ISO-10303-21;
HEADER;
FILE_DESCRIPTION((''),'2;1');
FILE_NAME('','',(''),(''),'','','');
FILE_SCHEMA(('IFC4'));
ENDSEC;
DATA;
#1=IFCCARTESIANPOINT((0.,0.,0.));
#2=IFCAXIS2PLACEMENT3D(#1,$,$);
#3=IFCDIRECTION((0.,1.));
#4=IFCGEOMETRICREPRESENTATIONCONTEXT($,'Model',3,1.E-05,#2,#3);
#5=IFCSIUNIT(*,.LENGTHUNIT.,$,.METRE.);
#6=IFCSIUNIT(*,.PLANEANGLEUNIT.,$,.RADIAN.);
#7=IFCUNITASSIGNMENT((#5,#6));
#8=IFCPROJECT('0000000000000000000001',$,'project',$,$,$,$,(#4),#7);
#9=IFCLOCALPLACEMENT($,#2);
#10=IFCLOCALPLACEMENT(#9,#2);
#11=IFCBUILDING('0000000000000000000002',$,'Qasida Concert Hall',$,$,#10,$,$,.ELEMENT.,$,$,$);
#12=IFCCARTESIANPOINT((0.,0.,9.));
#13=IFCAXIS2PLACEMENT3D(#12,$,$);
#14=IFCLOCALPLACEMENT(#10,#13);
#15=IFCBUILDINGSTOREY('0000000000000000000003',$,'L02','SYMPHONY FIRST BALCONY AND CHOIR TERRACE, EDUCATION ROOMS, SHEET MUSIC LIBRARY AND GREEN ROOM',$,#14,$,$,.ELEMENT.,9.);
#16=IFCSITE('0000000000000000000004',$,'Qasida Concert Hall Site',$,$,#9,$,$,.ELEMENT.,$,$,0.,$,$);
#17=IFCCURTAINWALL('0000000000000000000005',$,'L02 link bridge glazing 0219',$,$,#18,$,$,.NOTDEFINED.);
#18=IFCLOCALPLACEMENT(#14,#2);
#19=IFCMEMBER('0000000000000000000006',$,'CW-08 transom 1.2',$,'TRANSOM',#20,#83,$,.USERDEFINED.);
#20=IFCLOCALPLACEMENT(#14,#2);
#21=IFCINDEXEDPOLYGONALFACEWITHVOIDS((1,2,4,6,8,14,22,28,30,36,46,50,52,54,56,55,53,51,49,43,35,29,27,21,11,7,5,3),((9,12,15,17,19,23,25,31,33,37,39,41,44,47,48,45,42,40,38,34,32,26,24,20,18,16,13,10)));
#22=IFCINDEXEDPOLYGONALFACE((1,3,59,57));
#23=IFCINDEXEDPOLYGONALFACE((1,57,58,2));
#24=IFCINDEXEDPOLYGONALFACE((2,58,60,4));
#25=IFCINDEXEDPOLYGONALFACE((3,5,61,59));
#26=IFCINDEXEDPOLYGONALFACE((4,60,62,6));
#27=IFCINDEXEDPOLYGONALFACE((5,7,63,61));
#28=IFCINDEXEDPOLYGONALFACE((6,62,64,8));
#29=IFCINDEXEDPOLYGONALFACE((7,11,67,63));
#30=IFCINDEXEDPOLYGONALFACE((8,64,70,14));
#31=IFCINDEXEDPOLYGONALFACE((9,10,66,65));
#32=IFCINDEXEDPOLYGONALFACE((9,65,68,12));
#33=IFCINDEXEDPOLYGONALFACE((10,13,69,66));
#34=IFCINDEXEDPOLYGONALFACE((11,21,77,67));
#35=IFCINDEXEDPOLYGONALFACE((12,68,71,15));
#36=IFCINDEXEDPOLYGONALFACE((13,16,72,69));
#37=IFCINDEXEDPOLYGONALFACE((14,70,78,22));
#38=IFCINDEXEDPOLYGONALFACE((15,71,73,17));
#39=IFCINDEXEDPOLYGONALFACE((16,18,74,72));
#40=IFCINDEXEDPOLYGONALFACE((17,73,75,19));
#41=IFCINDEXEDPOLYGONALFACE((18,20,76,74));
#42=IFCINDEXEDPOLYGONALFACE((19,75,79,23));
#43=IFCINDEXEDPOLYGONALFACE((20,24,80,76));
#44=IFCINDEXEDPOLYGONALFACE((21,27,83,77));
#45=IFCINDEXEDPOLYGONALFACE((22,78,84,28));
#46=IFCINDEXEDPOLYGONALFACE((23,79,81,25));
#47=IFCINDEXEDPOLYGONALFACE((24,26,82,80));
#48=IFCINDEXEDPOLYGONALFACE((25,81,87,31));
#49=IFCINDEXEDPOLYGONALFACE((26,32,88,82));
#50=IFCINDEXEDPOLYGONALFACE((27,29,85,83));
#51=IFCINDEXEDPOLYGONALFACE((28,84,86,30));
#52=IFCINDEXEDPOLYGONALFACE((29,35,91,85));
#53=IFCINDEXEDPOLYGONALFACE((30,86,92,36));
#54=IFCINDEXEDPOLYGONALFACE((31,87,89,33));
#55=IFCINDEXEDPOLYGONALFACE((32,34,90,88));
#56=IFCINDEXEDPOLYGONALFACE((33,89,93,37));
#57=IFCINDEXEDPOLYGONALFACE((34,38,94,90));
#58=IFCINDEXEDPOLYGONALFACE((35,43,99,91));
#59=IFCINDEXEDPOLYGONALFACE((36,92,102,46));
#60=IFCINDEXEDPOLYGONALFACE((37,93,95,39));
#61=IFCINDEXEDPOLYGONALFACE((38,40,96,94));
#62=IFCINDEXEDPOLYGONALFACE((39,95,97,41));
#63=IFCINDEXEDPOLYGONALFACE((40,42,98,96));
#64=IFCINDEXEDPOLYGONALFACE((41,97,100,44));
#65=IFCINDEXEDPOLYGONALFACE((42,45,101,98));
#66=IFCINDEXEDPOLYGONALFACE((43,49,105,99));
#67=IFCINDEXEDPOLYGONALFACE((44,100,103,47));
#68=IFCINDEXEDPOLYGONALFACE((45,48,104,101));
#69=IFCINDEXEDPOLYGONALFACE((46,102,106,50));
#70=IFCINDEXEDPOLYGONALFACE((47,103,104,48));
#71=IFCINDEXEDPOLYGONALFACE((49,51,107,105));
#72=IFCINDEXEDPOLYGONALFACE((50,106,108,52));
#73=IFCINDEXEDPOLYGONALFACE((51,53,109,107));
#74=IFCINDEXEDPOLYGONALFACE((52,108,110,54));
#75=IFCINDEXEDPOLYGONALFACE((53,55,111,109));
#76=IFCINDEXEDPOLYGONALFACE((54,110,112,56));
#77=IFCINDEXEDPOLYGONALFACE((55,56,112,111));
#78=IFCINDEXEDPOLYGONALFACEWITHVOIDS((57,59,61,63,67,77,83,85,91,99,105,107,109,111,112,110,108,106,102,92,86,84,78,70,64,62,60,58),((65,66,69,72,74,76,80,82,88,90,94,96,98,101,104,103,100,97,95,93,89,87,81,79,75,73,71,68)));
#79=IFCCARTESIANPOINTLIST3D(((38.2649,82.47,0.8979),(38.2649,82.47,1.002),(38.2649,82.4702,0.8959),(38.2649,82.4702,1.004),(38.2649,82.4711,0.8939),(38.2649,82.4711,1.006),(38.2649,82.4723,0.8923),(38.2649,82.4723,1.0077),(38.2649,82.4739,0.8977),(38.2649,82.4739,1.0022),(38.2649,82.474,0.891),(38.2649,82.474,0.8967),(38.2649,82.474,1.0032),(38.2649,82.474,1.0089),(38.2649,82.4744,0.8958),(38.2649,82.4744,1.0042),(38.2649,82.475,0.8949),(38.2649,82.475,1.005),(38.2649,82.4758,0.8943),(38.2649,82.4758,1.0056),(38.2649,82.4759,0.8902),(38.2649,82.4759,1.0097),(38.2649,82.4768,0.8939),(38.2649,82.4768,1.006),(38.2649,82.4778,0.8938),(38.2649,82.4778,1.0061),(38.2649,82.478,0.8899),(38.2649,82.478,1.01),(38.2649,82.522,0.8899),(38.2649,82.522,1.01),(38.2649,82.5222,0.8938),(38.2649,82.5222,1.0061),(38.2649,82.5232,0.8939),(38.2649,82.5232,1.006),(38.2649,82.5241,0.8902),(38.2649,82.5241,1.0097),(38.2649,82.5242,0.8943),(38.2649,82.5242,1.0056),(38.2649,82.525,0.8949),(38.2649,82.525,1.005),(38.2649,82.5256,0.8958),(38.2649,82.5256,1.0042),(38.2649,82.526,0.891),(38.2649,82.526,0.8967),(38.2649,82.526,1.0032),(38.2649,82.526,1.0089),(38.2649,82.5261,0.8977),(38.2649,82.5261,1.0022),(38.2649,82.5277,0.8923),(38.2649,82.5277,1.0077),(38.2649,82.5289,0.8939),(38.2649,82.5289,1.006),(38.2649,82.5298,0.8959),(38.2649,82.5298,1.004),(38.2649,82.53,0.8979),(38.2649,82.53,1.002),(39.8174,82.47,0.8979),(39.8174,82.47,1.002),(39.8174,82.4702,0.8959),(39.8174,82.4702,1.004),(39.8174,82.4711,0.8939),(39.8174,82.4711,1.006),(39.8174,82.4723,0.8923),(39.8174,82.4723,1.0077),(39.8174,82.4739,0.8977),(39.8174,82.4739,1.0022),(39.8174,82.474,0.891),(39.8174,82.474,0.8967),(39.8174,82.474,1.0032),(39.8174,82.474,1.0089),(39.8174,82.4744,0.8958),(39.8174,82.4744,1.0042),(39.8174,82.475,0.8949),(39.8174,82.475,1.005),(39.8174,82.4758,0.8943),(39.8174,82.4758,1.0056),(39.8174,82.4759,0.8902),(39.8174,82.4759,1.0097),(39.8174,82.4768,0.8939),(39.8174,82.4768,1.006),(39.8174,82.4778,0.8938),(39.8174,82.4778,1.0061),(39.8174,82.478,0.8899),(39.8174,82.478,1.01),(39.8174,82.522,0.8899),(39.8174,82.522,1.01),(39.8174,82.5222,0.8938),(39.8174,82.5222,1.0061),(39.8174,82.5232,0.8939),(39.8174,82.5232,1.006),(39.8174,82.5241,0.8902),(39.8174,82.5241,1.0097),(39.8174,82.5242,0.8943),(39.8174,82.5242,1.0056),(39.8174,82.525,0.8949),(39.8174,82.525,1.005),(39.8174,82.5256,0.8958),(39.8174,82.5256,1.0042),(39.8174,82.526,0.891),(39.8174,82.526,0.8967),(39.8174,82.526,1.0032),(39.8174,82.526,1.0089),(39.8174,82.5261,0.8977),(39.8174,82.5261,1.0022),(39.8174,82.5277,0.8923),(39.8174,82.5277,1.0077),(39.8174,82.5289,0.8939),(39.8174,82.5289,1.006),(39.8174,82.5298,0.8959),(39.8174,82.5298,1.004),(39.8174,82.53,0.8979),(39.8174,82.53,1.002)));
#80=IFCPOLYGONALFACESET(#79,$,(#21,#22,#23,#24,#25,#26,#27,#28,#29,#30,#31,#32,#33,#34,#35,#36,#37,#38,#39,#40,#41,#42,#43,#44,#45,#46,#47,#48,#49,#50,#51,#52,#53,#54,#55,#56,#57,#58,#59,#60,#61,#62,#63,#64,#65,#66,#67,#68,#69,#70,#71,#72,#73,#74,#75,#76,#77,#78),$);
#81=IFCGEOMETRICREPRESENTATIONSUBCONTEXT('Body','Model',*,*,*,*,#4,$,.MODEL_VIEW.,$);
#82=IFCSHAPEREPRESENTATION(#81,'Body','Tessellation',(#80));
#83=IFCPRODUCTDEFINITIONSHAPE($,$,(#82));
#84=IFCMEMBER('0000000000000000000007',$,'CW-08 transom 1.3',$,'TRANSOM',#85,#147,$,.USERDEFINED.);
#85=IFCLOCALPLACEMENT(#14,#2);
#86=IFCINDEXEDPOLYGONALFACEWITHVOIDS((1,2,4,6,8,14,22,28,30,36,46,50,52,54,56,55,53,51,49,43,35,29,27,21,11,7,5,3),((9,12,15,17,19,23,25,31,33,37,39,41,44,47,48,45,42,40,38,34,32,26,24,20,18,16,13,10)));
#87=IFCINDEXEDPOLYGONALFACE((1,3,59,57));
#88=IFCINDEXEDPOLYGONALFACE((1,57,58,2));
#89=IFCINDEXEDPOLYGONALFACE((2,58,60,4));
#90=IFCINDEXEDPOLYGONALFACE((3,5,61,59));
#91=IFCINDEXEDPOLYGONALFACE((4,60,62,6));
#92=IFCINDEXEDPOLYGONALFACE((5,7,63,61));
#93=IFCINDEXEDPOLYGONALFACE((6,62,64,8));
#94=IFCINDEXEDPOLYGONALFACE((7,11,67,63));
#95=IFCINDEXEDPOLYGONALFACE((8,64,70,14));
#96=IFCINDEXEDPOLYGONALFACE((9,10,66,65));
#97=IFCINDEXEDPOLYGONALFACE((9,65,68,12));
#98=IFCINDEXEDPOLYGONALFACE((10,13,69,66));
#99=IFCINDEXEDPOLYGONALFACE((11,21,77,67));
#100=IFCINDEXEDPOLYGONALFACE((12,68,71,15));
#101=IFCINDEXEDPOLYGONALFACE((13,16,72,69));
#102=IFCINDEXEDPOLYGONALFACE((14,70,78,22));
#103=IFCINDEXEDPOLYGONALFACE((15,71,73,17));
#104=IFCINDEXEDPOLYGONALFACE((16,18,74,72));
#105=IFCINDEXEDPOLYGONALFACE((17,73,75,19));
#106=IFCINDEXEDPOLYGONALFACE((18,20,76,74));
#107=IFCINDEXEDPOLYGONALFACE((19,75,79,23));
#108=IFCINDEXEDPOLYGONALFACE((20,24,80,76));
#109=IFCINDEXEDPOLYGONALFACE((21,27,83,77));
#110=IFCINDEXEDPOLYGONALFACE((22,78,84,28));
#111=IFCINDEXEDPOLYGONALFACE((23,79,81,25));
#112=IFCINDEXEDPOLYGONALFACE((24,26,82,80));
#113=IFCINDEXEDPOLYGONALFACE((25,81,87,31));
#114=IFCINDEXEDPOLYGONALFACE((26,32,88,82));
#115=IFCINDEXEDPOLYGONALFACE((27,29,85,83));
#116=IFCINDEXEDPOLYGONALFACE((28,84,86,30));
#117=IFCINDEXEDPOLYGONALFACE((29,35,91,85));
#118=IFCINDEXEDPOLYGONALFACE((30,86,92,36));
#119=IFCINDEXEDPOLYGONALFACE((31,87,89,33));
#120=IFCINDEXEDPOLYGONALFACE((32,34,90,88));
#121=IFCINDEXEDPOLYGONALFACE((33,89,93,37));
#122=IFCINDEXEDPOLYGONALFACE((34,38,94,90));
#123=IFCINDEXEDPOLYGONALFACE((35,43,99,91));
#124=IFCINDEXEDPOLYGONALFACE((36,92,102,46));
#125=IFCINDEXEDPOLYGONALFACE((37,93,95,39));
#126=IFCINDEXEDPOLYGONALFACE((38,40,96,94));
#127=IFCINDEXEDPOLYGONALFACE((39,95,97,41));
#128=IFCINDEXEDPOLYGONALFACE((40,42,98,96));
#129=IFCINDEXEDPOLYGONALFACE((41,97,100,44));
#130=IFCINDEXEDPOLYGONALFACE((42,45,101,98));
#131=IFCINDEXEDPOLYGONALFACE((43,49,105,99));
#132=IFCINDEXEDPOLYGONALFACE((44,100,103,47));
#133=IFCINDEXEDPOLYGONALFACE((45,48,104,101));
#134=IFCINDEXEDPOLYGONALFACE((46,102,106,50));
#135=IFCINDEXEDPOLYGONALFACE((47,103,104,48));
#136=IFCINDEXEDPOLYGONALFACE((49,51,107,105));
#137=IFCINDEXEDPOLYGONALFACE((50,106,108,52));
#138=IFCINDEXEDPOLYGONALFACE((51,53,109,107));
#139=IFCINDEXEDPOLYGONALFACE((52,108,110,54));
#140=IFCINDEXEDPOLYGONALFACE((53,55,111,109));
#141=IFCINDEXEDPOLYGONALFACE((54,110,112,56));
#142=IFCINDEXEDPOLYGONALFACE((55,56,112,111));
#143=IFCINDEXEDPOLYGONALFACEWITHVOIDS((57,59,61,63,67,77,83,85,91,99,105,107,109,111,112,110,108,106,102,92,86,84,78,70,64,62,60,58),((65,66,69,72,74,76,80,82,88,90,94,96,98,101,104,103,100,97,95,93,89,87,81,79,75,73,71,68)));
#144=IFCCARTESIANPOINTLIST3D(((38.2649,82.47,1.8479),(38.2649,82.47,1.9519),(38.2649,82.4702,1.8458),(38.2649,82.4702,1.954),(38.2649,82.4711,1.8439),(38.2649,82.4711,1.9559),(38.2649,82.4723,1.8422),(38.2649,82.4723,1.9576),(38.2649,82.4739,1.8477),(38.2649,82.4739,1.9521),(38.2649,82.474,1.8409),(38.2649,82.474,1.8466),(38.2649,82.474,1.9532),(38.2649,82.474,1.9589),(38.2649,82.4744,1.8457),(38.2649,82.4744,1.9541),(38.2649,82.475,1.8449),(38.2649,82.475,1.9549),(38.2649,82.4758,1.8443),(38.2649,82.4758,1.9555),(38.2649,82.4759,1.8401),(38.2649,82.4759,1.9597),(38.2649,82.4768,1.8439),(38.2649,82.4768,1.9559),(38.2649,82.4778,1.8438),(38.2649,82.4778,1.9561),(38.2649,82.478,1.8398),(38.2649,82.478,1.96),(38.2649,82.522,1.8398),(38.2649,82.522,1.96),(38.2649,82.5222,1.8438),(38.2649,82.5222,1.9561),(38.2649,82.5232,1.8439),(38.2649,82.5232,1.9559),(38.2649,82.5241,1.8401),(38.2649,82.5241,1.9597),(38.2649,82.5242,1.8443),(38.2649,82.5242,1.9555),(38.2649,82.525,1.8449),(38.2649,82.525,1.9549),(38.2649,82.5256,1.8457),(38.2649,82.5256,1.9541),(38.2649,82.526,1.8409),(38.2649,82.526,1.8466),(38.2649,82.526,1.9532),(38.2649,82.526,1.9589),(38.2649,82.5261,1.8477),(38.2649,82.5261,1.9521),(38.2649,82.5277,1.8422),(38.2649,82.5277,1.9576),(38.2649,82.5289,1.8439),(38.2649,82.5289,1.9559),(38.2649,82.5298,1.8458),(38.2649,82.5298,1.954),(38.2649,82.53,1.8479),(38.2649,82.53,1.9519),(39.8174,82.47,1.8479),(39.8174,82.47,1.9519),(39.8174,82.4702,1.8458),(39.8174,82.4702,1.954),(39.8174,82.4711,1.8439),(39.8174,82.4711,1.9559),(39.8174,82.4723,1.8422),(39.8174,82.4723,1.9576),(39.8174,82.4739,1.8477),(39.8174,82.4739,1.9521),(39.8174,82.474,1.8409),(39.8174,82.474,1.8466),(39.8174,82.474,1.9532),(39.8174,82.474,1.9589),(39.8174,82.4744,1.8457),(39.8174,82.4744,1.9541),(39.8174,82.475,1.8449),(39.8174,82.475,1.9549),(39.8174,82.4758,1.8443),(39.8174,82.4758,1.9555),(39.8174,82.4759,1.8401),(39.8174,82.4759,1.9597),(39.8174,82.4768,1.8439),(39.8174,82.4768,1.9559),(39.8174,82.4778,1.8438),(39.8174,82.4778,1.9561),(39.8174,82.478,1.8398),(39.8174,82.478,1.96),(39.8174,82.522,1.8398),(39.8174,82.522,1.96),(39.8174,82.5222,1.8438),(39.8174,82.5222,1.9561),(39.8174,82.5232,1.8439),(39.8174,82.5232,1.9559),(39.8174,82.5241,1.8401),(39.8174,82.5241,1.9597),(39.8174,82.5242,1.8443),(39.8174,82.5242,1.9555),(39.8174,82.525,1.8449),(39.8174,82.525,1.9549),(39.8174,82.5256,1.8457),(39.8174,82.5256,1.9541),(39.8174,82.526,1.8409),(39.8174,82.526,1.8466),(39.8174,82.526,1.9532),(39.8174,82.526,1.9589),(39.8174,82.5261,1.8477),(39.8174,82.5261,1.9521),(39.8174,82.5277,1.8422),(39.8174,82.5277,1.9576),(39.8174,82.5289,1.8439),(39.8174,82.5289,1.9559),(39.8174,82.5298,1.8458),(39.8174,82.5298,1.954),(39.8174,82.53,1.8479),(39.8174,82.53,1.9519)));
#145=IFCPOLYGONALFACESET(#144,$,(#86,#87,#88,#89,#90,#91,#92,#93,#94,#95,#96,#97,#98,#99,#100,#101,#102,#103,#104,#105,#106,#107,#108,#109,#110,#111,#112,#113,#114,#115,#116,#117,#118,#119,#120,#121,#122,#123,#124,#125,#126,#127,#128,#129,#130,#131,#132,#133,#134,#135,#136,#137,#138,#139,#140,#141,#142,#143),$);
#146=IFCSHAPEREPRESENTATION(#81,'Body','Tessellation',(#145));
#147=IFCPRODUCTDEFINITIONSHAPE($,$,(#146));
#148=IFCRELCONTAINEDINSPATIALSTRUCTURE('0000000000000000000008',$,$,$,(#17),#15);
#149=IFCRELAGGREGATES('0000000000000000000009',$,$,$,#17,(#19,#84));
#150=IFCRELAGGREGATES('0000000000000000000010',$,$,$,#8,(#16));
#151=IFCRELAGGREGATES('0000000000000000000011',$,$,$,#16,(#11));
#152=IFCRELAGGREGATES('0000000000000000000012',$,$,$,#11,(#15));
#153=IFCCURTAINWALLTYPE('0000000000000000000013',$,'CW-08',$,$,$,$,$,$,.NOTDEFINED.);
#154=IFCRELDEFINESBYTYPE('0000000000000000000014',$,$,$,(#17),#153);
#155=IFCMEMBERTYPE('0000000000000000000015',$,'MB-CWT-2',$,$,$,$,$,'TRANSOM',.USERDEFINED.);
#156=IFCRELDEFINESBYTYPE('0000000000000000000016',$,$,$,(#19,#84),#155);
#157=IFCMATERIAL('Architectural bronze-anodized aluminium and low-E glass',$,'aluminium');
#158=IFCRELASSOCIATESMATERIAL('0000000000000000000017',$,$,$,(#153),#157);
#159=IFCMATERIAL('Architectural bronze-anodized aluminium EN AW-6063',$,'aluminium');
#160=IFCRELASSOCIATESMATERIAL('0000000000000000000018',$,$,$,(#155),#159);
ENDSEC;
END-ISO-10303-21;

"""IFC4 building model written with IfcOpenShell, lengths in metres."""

from ifc_helpers import new_model, si_unit, direction, frame, origin, origin_2d, place, context, subcontext, project, spatial, hollow_rectangle, extrude, material, material_profile, profile_set, type_object, element, aggregate, save


model = new_model("IFC4")

# Units and contexts
model_context = context("Model", 3, precision=1e-05, world=origin(), true_north=direction((0.0, 1.0)))
body_context = subcontext(model_context, "Body", "Model", "MODEL_VIEW")
ifc_project = project(units=[si_unit("LENGTHUNIT", "METRE"), si_unit("PLANEANGLEUNIT", "RADIAN")], contexts=[model_context])

# Site, building, storey
site_placement = place(None, origin())
site = spatial("IfcSite", under=ifc_project, at=site_placement, Name="Qasida Concert Hall Site", CompositionType="ELEMENT", RefElevation=0.0)
building_placement = place(site_placement, origin())
building = spatial("IfcBuilding", under=site, at=building_placement, Name="Qasida Concert Hall", CompositionType="ELEMENT")
storey_placement = place(building_placement, frame((0.0, 0.0, 9.0)))
storey = spatial("IfcBuildingStorey", under=building, at=storey_placement, Name="L02", Description="SYMPHONY FIRST BALCONY AND CHOIR TERRACE, EDUCATION ROOMS, SHEET MUSIC LIBRARY AND GREEN ROOM", CompositionType="ELEMENT", Elevation=9.0)

# Curtain wall, members
ifc_material_1 = material(Name="Architectural bronze-anodized aluminium and low-E glass", Category="aluminium")
curtain_wall_type = type_object("IfcCurtainWallType", Name="CW-08", PredefinedType="NOTDEFINED", material=ifc_material_1)
curtain_wall_placement = place(storey_placement, origin())
curtain_wall = element("IfcCurtainWall", 1, at=curtain_wall_placement, inside=storey, type_object=curtain_wall_type, Name="L02 link bridge glazing 0219", PredefinedType="NOTDEFINED")
ifc_material_2 = material(Name="Architectural bronze-anodized aluminium EN AW-6063", Category="aluminium")
ifc_material_profile_1 = material_profile(ifc_material_2, hollow_rectangle(XDim=0.0601, YDim=0.1201, WallThickness=0.0039, InnerFilletRadius=0.0039, OuterFilletRadius=0.0081, at=origin_2d()), Name="CWT 120x60x4")
ifc_profile_set_1 = profile_set([ifc_material_profile_1], Name="Architectural bronze-anodized aluminium EN AW-6063")
member_type_1 = type_object("IfcMemberType", Name="MB-CWT-2", ElementType="TRANSOM", PredefinedType="USERDEFINED", material=ifc_profile_set_1)
member_1_placement = place(storey_placement, frame((38.2649, 82.5, 0.95), z_axis=(1.0, 0.0, 0.0), x_axis=(0.0, 1.0, 0.0)))
member_1 = element("IfcMember", 2, at=member_1_placement, type_object=member_type_1, Name="CW-08 transom 1.2", ObjectType="TRANSOM", PredefinedType="USERDEFINED", context=body_context, shape_type="SweptSolid", body=[
    extrude(hollow_rectangle(XDim=0.0601, YDim=0.1201, WallThickness=0.0039, InnerFilletRadius=0.0039, OuterFilletRadius=0.0081, at=origin_2d()), origin(), (0.0, 0.0, 1.0), 1.5525),
])
member_2_placement = place(storey_placement, frame((38.2649, 82.5, 1.8999), z_axis=(1.0, 0.0, 0.0), x_axis=(0.0, 1.0, 0.0)))
member_2 = element("IfcMember", 3, at=member_2_placement, type_object=member_type_1, Name="CW-08 transom 1.3", ObjectType="TRANSOM", PredefinedType="USERDEFINED", context=body_context, shape_type="SweptSolid", body=[
    extrude(hollow_rectangle(XDim=0.0601, YDim=0.1201, WallThickness=0.0039, InnerFilletRadius=0.0039, OuterFilletRadius=0.0081, at=origin_2d()), origin(), (0.0, 0.0, 1.0), 1.5525),
])
aggregate(curtain_wall, [member_1, member_2])

save(model, "model.ifc")
